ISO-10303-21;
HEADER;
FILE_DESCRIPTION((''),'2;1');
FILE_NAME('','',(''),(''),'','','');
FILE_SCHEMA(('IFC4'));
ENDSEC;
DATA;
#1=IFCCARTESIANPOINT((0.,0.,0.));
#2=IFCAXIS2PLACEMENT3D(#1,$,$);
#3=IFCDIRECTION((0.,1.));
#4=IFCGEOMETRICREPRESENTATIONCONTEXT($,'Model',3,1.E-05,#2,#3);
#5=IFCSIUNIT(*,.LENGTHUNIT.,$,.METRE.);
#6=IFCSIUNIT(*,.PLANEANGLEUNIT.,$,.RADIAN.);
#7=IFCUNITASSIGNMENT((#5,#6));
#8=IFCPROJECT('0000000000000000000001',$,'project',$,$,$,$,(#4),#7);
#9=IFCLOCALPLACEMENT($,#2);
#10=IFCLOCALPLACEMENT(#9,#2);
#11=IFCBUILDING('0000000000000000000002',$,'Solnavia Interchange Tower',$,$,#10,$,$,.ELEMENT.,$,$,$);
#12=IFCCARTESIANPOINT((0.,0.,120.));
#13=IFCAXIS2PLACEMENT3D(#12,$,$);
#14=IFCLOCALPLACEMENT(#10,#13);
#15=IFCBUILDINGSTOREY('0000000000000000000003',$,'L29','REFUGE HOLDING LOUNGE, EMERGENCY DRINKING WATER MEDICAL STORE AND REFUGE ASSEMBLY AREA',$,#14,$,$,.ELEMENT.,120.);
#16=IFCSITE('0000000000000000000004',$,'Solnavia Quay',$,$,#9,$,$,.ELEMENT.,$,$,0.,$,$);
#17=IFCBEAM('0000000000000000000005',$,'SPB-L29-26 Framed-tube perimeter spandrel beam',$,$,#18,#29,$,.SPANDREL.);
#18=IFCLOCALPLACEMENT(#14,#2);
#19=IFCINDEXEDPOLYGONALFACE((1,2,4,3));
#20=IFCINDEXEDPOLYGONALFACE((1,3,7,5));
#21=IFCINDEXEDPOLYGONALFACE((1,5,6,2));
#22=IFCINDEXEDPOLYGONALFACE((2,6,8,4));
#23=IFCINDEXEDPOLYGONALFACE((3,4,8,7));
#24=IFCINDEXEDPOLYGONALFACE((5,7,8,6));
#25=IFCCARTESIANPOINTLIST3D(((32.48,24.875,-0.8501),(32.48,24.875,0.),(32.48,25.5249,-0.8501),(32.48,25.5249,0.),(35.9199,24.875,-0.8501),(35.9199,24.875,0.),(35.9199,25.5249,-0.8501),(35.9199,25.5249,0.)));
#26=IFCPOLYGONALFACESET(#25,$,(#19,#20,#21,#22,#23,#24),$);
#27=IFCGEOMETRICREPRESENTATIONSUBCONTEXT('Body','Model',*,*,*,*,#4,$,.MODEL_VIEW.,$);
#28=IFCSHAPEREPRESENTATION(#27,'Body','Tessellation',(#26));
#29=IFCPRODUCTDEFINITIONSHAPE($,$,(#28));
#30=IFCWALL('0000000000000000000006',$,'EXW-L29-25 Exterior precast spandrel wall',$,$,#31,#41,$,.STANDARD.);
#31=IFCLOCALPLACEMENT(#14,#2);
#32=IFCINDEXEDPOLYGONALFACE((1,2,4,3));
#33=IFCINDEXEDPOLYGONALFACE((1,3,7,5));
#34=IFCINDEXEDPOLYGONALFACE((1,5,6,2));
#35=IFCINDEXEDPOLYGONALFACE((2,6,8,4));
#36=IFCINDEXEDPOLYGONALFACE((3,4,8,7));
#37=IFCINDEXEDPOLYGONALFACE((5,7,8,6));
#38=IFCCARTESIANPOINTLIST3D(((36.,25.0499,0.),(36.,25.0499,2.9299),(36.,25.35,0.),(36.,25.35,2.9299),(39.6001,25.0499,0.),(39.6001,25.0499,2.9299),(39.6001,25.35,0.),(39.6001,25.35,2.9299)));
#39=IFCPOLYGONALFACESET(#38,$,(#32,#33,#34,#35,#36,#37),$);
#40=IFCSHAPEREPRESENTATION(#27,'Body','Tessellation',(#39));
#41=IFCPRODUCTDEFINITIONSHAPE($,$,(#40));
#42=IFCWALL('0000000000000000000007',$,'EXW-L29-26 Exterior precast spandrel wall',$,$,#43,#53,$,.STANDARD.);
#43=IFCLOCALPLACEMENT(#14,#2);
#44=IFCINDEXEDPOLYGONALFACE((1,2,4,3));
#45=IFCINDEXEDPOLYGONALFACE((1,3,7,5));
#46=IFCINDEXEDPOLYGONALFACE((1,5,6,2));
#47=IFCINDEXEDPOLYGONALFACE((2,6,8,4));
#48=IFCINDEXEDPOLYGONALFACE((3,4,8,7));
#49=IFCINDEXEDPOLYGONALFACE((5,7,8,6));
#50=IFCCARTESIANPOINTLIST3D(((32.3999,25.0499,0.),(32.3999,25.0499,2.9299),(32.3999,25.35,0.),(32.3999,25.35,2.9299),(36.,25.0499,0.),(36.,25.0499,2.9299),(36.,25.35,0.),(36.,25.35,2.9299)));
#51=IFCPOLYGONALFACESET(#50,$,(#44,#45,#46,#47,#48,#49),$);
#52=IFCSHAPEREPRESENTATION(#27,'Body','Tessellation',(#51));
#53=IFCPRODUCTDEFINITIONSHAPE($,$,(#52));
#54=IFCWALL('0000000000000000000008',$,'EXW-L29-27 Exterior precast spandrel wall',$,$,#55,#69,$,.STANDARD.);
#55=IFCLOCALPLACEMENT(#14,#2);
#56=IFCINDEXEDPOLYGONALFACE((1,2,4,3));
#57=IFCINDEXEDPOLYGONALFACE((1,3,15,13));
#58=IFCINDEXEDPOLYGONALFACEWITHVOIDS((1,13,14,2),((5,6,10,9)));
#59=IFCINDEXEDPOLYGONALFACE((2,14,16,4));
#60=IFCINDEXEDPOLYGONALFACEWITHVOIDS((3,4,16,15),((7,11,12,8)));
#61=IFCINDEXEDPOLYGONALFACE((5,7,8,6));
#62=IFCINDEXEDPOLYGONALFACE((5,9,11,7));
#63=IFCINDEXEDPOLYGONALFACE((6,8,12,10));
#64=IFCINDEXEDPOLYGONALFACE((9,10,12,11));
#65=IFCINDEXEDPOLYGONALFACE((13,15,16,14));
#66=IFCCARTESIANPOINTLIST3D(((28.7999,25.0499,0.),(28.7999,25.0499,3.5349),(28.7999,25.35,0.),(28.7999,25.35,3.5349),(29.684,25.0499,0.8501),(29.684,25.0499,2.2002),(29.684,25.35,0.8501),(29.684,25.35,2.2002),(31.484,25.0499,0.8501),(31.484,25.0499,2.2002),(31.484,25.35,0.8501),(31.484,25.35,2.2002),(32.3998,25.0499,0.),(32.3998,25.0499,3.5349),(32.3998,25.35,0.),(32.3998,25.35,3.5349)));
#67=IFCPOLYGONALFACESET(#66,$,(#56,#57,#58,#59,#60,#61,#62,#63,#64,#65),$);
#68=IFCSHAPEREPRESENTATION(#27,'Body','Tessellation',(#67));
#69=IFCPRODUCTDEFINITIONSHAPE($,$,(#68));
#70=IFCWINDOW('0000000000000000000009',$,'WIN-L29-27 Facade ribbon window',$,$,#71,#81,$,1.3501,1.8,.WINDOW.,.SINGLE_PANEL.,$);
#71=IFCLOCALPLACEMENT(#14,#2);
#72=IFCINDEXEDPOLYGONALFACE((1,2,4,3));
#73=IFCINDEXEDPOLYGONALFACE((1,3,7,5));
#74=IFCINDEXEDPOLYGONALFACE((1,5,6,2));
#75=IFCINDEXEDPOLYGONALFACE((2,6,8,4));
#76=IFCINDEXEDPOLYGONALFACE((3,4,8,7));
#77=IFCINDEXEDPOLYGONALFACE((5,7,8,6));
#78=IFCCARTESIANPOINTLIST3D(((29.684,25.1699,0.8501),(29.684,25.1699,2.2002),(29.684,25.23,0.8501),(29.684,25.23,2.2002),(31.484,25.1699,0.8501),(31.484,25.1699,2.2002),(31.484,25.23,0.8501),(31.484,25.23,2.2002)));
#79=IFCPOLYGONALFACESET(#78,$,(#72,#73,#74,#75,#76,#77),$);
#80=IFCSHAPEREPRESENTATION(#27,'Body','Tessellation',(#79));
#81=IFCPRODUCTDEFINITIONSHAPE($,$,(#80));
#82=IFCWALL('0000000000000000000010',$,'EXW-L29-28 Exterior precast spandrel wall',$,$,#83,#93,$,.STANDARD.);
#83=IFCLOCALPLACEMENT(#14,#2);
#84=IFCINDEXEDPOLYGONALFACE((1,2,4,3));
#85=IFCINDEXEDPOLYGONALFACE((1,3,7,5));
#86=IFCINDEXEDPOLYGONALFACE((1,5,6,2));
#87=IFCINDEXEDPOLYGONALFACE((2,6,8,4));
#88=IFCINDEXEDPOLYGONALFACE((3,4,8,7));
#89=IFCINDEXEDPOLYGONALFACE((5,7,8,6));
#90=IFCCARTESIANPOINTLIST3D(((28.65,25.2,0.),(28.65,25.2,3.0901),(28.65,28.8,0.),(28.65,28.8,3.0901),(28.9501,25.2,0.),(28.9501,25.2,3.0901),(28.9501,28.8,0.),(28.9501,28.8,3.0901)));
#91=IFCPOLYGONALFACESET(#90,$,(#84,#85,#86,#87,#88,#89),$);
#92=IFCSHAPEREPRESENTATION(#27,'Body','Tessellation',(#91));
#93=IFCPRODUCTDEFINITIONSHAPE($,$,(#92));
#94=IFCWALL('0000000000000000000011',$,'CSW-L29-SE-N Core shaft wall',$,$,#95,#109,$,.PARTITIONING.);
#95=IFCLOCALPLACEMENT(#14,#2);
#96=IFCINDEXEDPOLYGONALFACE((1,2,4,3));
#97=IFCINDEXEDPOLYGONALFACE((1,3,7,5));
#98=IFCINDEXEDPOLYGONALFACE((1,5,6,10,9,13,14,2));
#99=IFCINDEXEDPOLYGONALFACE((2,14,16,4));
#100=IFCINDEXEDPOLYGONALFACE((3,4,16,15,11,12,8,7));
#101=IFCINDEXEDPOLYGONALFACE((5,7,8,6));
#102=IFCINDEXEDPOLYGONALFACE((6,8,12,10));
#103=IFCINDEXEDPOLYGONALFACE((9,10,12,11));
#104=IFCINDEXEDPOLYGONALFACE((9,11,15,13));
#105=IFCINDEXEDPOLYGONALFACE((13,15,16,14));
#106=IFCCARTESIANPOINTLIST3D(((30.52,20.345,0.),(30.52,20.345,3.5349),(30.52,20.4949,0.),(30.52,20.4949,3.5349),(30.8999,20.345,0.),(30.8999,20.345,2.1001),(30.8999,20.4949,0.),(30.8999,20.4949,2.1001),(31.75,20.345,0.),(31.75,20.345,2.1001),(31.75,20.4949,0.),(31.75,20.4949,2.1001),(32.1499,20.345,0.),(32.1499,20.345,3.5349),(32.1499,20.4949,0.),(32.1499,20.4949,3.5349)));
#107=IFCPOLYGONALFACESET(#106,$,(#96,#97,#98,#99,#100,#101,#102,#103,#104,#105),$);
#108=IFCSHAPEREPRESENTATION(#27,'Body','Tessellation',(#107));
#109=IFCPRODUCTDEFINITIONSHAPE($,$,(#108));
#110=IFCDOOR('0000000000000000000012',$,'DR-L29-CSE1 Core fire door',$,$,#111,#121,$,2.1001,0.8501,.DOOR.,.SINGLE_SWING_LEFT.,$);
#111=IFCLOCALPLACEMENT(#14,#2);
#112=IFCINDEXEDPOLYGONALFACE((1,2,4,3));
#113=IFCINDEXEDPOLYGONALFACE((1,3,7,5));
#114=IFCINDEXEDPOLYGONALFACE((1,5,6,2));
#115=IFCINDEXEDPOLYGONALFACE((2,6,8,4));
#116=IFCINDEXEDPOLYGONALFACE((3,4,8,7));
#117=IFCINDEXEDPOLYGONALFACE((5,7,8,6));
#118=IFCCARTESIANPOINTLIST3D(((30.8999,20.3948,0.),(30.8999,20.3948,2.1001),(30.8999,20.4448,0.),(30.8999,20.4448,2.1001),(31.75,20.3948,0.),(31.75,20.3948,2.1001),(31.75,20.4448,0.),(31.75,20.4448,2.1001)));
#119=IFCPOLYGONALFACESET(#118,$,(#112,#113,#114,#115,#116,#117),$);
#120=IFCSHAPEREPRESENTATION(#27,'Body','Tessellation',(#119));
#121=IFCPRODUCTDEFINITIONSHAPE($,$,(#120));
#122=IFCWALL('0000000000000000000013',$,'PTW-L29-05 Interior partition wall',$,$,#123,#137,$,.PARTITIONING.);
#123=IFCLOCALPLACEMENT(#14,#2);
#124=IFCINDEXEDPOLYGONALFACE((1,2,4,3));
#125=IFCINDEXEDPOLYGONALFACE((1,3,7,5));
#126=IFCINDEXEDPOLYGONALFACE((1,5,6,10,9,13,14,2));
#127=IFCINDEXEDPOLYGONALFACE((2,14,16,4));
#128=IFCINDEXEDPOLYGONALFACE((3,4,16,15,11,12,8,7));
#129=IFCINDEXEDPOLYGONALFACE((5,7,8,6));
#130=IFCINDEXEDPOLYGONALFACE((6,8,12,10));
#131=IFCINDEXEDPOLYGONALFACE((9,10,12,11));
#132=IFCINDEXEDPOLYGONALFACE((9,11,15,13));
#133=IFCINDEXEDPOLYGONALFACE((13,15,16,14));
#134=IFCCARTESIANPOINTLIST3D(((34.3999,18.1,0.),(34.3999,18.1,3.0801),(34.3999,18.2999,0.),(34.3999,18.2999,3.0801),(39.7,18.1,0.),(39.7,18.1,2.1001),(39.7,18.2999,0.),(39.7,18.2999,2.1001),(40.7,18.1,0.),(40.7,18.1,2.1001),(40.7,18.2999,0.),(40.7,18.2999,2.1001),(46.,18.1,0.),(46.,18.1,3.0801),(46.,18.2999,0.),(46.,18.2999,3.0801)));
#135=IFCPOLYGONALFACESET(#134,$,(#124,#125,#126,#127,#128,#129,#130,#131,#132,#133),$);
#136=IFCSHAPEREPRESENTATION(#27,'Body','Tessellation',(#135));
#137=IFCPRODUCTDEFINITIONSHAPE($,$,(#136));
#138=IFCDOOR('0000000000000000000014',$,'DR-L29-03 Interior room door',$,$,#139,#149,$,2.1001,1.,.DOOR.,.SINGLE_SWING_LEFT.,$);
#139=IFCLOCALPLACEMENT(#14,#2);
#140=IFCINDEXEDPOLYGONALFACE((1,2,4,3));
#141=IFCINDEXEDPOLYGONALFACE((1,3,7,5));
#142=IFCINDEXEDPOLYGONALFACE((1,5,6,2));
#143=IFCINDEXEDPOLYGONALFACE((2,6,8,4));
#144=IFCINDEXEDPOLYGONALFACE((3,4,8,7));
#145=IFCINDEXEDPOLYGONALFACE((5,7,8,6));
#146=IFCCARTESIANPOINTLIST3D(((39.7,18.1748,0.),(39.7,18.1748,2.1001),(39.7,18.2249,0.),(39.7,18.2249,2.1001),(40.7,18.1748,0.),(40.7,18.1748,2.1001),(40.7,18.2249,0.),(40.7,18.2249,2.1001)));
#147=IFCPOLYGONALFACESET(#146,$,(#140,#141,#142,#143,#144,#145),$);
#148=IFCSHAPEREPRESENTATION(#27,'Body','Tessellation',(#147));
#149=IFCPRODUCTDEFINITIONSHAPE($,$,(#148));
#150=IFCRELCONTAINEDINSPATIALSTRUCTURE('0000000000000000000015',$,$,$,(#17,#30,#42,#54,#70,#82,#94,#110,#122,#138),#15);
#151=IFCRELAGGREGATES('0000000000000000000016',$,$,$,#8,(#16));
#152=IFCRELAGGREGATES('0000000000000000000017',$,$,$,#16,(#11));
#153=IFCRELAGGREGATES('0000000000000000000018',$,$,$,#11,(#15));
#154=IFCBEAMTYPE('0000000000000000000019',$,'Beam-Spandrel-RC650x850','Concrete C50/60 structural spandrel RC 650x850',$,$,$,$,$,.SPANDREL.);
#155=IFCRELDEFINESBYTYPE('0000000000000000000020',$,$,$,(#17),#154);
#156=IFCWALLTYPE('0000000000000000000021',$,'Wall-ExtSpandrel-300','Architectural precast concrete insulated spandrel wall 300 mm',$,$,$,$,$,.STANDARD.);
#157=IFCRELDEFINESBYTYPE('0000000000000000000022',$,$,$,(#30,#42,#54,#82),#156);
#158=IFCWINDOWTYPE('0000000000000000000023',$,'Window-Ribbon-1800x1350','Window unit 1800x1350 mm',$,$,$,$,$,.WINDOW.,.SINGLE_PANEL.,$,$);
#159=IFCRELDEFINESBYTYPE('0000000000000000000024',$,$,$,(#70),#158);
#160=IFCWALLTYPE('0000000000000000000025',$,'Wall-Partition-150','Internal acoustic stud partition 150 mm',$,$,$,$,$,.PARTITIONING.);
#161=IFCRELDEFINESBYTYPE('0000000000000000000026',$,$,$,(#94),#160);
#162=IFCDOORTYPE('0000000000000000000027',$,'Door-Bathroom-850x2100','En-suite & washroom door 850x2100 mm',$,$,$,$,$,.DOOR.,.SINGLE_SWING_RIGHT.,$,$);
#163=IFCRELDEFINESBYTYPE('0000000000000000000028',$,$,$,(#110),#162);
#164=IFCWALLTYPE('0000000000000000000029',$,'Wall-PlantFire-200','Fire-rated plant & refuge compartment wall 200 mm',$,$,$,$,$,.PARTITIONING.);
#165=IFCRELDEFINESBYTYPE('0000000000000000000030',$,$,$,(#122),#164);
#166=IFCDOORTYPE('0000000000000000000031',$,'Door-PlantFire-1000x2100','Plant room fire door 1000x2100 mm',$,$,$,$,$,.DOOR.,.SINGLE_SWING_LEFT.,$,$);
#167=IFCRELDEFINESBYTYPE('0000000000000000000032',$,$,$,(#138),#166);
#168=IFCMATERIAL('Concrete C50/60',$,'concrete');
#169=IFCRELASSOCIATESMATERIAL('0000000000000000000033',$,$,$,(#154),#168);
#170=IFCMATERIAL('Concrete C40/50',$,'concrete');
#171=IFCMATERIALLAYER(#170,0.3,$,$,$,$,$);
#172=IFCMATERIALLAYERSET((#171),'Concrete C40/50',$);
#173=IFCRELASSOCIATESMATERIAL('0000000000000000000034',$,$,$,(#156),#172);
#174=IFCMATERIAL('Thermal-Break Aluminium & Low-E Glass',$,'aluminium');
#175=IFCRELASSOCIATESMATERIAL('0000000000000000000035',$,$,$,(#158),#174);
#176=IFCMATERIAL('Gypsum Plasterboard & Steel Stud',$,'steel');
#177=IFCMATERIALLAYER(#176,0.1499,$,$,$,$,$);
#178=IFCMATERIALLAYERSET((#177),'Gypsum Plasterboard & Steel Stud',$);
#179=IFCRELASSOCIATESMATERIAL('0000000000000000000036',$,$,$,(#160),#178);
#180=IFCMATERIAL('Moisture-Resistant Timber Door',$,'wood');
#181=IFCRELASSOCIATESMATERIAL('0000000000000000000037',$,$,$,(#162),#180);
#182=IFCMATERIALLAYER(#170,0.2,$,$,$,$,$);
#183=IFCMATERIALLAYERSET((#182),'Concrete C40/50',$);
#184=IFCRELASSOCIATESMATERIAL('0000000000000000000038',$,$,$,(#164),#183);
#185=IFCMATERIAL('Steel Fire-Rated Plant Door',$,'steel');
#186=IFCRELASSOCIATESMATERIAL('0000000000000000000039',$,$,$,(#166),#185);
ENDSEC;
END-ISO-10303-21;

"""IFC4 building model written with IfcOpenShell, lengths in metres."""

from ifc_helpers import new_model, si_unit, direction, frame, frame_2d, origin, origin_2d, place, context, subcontext, project, spatial, rectangle, extrude, material, layer, layer_set, material_profile, profile_set, type_object, element, fill, save


model = new_model("IFC4")

# Units and contexts
model_context = context("Model", 3, precision=1e-05, world=origin(), true_north=direction((0.0, 1.0)))
body_context = subcontext(model_context, "Body", "Model", "MODEL_VIEW")
ifc_project = project(units=[si_unit("LENGTHUNIT", "METRE"), si_unit("PLANEANGLEUNIT", "RADIAN")], contexts=[model_context])

# Site, building, storey
site_placement = place(None, origin())
site = spatial("IfcSite", under=ifc_project, at=site_placement, Name="Solnavia Quay", CompositionType="ELEMENT", RefElevation=0.0)
building_placement = place(site_placement, origin())
building = spatial("IfcBuilding", under=site, at=building_placement, Name="Solnavia Interchange Tower", CompositionType="ELEMENT")
storey_placement = place(building_placement, frame((0.0, 0.0, 120.0)))
storey = spatial("IfcBuildingStorey", under=building, at=storey_placement, Name="L29", Description="REFUGE HOLDING LOUNGE, EMERGENCY DRINKING WATER MEDICAL STORE AND REFUGE ASSEMBLY AREA", CompositionType="ELEMENT", Elevation=120.0)

# Shared definitions
ifc_material_1 = material(Name="Concrete C50/60", Category="concrete")

# Beam
ifc_material_profile_1 = material_profile(ifc_material_1, rectangle(XDim=0.6499, YDim=0.8501, at=origin_2d()), Name="RC 650x850")
ifc_profile_set_1 = profile_set([ifc_material_profile_1], Name="Concrete C50/60")
beam_type_1 = type_object("IfcBeamType", Name="Beam-Spandrel-RC650x850", Description="Concrete C50/60 structural spandrel RC 650x850", PredefinedType="SPANDREL", material=ifc_profile_set_1)
beam_1_placement = place(storey_placement, frame((35.9199, 25.2, -0.425), z_axis=(-1.0, 0.0, 0.0), x_axis=(0.0, -1.0, 0.0)))
element("IfcBeam", 1, at=beam_1_placement, inside=storey, type_object=beam_type_1, Name="SPB-L29-26 Framed-tube perimeter spandrel beam", PredefinedType="SPANDREL", context=body_context, shape_type="SweptSolid", body=[
    extrude(rectangle(XDim=0.6499, YDim=0.8501, at=origin_2d()), origin(), (0.0, 0.0, 1.0), 3.4399),
])

# Walls
ifc_material_2 = material(Name="Concrete C40/50", Category="concrete")
ifc_layer_1 = layer(ifc_material_2, 0.3)
ifc_layer_set_1 = layer_set([ifc_layer_1], Name="Concrete C40/50")
wall_type_1 = type_object("IfcWallType", Name="Wall-ExtSpandrel-300", Description="Architectural precast concrete insulated spandrel wall 300 mm", PredefinedType="STANDARD", material=ifc_layer_set_1)
for number, where, z_axis, x_axis, name in (
    (2, (36.0, 25.2, 0.0), (0.0, 0.0, 1.0), (1.0, 0.0, 0.0), "EXW-L29-25 Exterior precast spandrel wall"),
    (3, (32.3999, 25.2, 0.0), (0.0, 0.0, 1.0), (1.0, 0.0, 0.0), "EXW-L29-26 Exterior precast spandrel wall"),
):
    element("IfcWall", number, at=place(storey_placement, frame(where, z_axis=z_axis, x_axis=x_axis)), inside=storey, type_object=wall_type_1, Name=name, PredefinedType="STANDARD", context=body_context, shape_type="SweptSolid", body=[
        extrude(rectangle(XDim=3.6001, YDim=0.3, at=frame_2d((1.8, 0.0))), origin(), (0.0, 0.0, 1.0), 2.9299),
    ])

# Wall, opening, window
wall_1_placement = place(storey_placement, frame((28.8, 25.2, 0.0), z_axis=(0.0, 0.0, 1.0), x_axis=(1.0, 0.0, 0.0)))
wall_1 = element("IfcWall", 4, at=wall_1_placement, inside=storey, type_object=wall_type_1, Name="EXW-L29-27 Exterior precast spandrel wall", PredefinedType="STANDARD", context=body_context, shape_type="SweptSolid", body=[
    extrude(rectangle(XDim=3.5999, YDim=0.3, at=frame_2d((1.7998, 0.0))), origin(), (0.0, 0.0, 1.0), 3.5349),
])
opening_1_placement = place(wall_1_placement, frame((0.884, 0.0, 0.8501)))
opening_1 = element("IfcOpeningElement", 5, at=opening_1_placement, cuts=wall_1, PredefinedType="OPENING", context=body_context, shape_type="SweptSolid", body=[
    extrude(rectangle(XDim=1.8, YDim=1.3501, at=frame_2d((0.8999, 0.675))), frame((0.0, 0.1602, 0.0), z_axis=(0.0, -1.0, 0.0), x_axis=(1.0, 0.0, 0.0)), (0.0, 0.0, 1.0), 0.3201),
])
ifc_material_3 = material(Name="Thermal-Break Aluminium & Low-E Glass", Category="aluminium")
window_type = type_object("IfcWindowType", Name="Window-Ribbon-1800x1350", Description="Window unit 1800x1350 mm", PartitioningType="SINGLE_PANEL", PredefinedType="WINDOW", material=ifc_material_3)
window_placement = place(opening_1_placement, origin())
window = element("IfcWindow", 6, at=window_placement, inside=storey, type_object=window_type, Name="WIN-L29-27 Facade ribbon window", OverallHeight=1.3501, OverallWidth=1.8, PartitioningType="SINGLE_PANEL", PredefinedType="WINDOW", context=body_context, shape_type="SweptSolid", body=[
    extrude(rectangle(XDim=1.8, YDim=1.3501, at=frame_2d((0.8999, 0.675))), frame((0.0, 0.03, 0.0), z_axis=(0.0, -1.0, 0.0), x_axis=(1.0, 0.0, 0.0)), (0.0, 0.0, 1.0), 0.0601),
])
fill(opening_1, window)

# Wall
wall_2_placement = place(storey_placement, frame((28.8, 28.8, 0.0), z_axis=(0.0, 0.0, 1.0), x_axis=(0.0, -1.0, 0.0)))
element("IfcWall", 7, at=wall_2_placement, inside=storey, type_object=wall_type_1, Name="EXW-L29-28 Exterior precast spandrel wall", PredefinedType="STANDARD", context=body_context, shape_type="SweptSolid", body=[
    extrude(rectangle(XDim=3.6001, YDim=0.3, at=frame_2d((1.8, 0.0))), origin(), (0.0, 0.0, 1.0), 3.0901),
])

# Walls, openings, doors
ifc_material_4 = material(Name="Gypsum Plasterboard & Steel Stud", Category="steel")
ifc_layer_2 = layer(ifc_material_4, 0.1499)
ifc_layer_set_2 = layer_set([ifc_layer_2], Name="Gypsum Plasterboard & Steel Stud")
wall_type_2 = type_object("IfcWallType", Name="Wall-Partition-150", Description="Internal acoustic stud partition 150 mm", PredefinedType="PARTITIONING", material=ifc_layer_set_2)
wall_3_placement = place(storey_placement, frame((30.52, 20.4199, 0.0), z_axis=(0.0, 0.0, 1.0), x_axis=(1.0, 0.0, 0.0)))
wall_3 = element("IfcWall", 8, at=wall_3_placement, inside=storey, type_object=wall_type_2, Name="CSW-L29-SE-N Core shaft wall", PredefinedType="PARTITIONING", context=body_context, shape_type="SweptSolid", body=[
    extrude(rectangle(XDim=1.6299, YDim=0.1499, at=frame_2d((0.8149, 0.0))), origin(), (0.0, 0.0, 1.0), 3.5349),
])
opening_2_placement = place(wall_3_placement, frame((0.3799, 0.0, 0.0)))
opening_2 = element("IfcOpeningElement", 9, at=opening_2_placement, cuts=wall_3, PredefinedType="OPENING", context=body_context, shape_type="SweptSolid", body=[
    extrude(rectangle(XDim=0.8501, YDim=2.1001, at=frame_2d((0.425, 1.05))), frame((0.0, 0.085, 0.0), z_axis=(0.0, -1.0, 0.0), x_axis=(1.0, 0.0, 0.0)), (0.0, 0.0, 1.0), 0.1699),
])
ifc_material_5 = material(Name="Moisture-Resistant Timber Door", Category="wood")
door_type_1 = type_object("IfcDoorType", Name="Door-Bathroom-850x2100", Description="En-suite & washroom door 850x2100 mm", OperationType="SINGLE_SWING_RIGHT", PredefinedType="DOOR", material=ifc_material_5)
door_1_placement = place(opening_2_placement, origin())
door_1 = element("IfcDoor", 10, at=door_1_placement, inside=storey, type_object=door_type_1, Name="DR-L29-CSE1 Core fire door", OperationType="SINGLE_SWING_LEFT", OverallHeight=2.1001, OverallWidth=0.8501, PredefinedType="DOOR", context=body_context, shape_type="SweptSolid", body=[
    extrude(rectangle(XDim=0.8501, YDim=2.1001, at=frame_2d((0.425, 1.05))), frame((0.0, 0.0249, 0.0), z_axis=(0.0, -1.0, 0.0), x_axis=(1.0, 0.0, 0.0)), (0.0, 0.0, 1.0), 0.05),
])
fill(opening_2, door_1)
ifc_layer_3 = layer(ifc_material_2, 0.2)
ifc_layer_set_3 = layer_set([ifc_layer_3], Name="Concrete C40/50")
wall_type_3 = type_object("IfcWallType", Name="Wall-PlantFire-200", Description="Fire-rated plant & refuge compartment wall 200 mm", PredefinedType="PARTITIONING", material=ifc_layer_set_3)
wall_4_placement = place(storey_placement, frame((34.3999, 18.2, 0.0), z_axis=(0.0, 0.0, 1.0), x_axis=(1.0, 0.0, 0.0)))
wall_4 = element("IfcWall", 11, at=wall_4_placement, inside=storey, type_object=wall_type_3, Name="PTW-L29-05 Interior partition wall", PredefinedType="PARTITIONING", context=body_context, shape_type="SweptSolid", body=[
    extrude(rectangle(XDim=11.6001, YDim=0.2, at=frame_2d((5.8, 0.0))), origin(), (0.0, 0.0, 1.0), 3.0801),
])
opening_3_placement = place(wall_4_placement, frame((5.3, 0.0, 0.0)))
opening_3 = element("IfcOpeningElement", 12, at=opening_3_placement, cuts=wall_4, PredefinedType="OPENING", context=body_context, shape_type="SweptSolid", body=[
    extrude(rectangle(XDim=1.0, YDim=2.1001, at=frame_2d((0.5, 1.05))), frame((0.0, 0.1099, 0.0), z_axis=(0.0, -1.0, 0.0), x_axis=(1.0, 0.0, 0.0)), (0.0, 0.0, 1.0), 0.22),
])
ifc_material_6 = material(Name="Steel Fire-Rated Plant Door", Category="steel")
door_type_2 = type_object("IfcDoorType", Name="Door-PlantFire-1000x2100", Description="Plant room fire door 1000x2100 mm", OperationType="SINGLE_SWING_LEFT", PredefinedType="DOOR", material=ifc_material_6)
door_2_placement = place(opening_3_placement, origin())
door_2 = element("IfcDoor", 13, at=door_2_placement, inside=storey, type_object=door_type_2, Name="DR-L29-03 Interior room door", OperationType="SINGLE_SWING_LEFT", OverallHeight=2.1001, OverallWidth=1.0, PredefinedType="DOOR", context=body_context, shape_type="SweptSolid", body=[
    extrude(rectangle(XDim=1.0, YDim=2.1001, at=frame_2d((0.5, 1.05))), frame((0.0, 0.0249, 0.0), z_axis=(0.0, -1.0, 0.0), x_axis=(1.0, 0.0, 0.0)), (0.0, 0.0, 1.0), 0.05),
])
fill(opening_3, door_2)

save(model, "model.ifc")
